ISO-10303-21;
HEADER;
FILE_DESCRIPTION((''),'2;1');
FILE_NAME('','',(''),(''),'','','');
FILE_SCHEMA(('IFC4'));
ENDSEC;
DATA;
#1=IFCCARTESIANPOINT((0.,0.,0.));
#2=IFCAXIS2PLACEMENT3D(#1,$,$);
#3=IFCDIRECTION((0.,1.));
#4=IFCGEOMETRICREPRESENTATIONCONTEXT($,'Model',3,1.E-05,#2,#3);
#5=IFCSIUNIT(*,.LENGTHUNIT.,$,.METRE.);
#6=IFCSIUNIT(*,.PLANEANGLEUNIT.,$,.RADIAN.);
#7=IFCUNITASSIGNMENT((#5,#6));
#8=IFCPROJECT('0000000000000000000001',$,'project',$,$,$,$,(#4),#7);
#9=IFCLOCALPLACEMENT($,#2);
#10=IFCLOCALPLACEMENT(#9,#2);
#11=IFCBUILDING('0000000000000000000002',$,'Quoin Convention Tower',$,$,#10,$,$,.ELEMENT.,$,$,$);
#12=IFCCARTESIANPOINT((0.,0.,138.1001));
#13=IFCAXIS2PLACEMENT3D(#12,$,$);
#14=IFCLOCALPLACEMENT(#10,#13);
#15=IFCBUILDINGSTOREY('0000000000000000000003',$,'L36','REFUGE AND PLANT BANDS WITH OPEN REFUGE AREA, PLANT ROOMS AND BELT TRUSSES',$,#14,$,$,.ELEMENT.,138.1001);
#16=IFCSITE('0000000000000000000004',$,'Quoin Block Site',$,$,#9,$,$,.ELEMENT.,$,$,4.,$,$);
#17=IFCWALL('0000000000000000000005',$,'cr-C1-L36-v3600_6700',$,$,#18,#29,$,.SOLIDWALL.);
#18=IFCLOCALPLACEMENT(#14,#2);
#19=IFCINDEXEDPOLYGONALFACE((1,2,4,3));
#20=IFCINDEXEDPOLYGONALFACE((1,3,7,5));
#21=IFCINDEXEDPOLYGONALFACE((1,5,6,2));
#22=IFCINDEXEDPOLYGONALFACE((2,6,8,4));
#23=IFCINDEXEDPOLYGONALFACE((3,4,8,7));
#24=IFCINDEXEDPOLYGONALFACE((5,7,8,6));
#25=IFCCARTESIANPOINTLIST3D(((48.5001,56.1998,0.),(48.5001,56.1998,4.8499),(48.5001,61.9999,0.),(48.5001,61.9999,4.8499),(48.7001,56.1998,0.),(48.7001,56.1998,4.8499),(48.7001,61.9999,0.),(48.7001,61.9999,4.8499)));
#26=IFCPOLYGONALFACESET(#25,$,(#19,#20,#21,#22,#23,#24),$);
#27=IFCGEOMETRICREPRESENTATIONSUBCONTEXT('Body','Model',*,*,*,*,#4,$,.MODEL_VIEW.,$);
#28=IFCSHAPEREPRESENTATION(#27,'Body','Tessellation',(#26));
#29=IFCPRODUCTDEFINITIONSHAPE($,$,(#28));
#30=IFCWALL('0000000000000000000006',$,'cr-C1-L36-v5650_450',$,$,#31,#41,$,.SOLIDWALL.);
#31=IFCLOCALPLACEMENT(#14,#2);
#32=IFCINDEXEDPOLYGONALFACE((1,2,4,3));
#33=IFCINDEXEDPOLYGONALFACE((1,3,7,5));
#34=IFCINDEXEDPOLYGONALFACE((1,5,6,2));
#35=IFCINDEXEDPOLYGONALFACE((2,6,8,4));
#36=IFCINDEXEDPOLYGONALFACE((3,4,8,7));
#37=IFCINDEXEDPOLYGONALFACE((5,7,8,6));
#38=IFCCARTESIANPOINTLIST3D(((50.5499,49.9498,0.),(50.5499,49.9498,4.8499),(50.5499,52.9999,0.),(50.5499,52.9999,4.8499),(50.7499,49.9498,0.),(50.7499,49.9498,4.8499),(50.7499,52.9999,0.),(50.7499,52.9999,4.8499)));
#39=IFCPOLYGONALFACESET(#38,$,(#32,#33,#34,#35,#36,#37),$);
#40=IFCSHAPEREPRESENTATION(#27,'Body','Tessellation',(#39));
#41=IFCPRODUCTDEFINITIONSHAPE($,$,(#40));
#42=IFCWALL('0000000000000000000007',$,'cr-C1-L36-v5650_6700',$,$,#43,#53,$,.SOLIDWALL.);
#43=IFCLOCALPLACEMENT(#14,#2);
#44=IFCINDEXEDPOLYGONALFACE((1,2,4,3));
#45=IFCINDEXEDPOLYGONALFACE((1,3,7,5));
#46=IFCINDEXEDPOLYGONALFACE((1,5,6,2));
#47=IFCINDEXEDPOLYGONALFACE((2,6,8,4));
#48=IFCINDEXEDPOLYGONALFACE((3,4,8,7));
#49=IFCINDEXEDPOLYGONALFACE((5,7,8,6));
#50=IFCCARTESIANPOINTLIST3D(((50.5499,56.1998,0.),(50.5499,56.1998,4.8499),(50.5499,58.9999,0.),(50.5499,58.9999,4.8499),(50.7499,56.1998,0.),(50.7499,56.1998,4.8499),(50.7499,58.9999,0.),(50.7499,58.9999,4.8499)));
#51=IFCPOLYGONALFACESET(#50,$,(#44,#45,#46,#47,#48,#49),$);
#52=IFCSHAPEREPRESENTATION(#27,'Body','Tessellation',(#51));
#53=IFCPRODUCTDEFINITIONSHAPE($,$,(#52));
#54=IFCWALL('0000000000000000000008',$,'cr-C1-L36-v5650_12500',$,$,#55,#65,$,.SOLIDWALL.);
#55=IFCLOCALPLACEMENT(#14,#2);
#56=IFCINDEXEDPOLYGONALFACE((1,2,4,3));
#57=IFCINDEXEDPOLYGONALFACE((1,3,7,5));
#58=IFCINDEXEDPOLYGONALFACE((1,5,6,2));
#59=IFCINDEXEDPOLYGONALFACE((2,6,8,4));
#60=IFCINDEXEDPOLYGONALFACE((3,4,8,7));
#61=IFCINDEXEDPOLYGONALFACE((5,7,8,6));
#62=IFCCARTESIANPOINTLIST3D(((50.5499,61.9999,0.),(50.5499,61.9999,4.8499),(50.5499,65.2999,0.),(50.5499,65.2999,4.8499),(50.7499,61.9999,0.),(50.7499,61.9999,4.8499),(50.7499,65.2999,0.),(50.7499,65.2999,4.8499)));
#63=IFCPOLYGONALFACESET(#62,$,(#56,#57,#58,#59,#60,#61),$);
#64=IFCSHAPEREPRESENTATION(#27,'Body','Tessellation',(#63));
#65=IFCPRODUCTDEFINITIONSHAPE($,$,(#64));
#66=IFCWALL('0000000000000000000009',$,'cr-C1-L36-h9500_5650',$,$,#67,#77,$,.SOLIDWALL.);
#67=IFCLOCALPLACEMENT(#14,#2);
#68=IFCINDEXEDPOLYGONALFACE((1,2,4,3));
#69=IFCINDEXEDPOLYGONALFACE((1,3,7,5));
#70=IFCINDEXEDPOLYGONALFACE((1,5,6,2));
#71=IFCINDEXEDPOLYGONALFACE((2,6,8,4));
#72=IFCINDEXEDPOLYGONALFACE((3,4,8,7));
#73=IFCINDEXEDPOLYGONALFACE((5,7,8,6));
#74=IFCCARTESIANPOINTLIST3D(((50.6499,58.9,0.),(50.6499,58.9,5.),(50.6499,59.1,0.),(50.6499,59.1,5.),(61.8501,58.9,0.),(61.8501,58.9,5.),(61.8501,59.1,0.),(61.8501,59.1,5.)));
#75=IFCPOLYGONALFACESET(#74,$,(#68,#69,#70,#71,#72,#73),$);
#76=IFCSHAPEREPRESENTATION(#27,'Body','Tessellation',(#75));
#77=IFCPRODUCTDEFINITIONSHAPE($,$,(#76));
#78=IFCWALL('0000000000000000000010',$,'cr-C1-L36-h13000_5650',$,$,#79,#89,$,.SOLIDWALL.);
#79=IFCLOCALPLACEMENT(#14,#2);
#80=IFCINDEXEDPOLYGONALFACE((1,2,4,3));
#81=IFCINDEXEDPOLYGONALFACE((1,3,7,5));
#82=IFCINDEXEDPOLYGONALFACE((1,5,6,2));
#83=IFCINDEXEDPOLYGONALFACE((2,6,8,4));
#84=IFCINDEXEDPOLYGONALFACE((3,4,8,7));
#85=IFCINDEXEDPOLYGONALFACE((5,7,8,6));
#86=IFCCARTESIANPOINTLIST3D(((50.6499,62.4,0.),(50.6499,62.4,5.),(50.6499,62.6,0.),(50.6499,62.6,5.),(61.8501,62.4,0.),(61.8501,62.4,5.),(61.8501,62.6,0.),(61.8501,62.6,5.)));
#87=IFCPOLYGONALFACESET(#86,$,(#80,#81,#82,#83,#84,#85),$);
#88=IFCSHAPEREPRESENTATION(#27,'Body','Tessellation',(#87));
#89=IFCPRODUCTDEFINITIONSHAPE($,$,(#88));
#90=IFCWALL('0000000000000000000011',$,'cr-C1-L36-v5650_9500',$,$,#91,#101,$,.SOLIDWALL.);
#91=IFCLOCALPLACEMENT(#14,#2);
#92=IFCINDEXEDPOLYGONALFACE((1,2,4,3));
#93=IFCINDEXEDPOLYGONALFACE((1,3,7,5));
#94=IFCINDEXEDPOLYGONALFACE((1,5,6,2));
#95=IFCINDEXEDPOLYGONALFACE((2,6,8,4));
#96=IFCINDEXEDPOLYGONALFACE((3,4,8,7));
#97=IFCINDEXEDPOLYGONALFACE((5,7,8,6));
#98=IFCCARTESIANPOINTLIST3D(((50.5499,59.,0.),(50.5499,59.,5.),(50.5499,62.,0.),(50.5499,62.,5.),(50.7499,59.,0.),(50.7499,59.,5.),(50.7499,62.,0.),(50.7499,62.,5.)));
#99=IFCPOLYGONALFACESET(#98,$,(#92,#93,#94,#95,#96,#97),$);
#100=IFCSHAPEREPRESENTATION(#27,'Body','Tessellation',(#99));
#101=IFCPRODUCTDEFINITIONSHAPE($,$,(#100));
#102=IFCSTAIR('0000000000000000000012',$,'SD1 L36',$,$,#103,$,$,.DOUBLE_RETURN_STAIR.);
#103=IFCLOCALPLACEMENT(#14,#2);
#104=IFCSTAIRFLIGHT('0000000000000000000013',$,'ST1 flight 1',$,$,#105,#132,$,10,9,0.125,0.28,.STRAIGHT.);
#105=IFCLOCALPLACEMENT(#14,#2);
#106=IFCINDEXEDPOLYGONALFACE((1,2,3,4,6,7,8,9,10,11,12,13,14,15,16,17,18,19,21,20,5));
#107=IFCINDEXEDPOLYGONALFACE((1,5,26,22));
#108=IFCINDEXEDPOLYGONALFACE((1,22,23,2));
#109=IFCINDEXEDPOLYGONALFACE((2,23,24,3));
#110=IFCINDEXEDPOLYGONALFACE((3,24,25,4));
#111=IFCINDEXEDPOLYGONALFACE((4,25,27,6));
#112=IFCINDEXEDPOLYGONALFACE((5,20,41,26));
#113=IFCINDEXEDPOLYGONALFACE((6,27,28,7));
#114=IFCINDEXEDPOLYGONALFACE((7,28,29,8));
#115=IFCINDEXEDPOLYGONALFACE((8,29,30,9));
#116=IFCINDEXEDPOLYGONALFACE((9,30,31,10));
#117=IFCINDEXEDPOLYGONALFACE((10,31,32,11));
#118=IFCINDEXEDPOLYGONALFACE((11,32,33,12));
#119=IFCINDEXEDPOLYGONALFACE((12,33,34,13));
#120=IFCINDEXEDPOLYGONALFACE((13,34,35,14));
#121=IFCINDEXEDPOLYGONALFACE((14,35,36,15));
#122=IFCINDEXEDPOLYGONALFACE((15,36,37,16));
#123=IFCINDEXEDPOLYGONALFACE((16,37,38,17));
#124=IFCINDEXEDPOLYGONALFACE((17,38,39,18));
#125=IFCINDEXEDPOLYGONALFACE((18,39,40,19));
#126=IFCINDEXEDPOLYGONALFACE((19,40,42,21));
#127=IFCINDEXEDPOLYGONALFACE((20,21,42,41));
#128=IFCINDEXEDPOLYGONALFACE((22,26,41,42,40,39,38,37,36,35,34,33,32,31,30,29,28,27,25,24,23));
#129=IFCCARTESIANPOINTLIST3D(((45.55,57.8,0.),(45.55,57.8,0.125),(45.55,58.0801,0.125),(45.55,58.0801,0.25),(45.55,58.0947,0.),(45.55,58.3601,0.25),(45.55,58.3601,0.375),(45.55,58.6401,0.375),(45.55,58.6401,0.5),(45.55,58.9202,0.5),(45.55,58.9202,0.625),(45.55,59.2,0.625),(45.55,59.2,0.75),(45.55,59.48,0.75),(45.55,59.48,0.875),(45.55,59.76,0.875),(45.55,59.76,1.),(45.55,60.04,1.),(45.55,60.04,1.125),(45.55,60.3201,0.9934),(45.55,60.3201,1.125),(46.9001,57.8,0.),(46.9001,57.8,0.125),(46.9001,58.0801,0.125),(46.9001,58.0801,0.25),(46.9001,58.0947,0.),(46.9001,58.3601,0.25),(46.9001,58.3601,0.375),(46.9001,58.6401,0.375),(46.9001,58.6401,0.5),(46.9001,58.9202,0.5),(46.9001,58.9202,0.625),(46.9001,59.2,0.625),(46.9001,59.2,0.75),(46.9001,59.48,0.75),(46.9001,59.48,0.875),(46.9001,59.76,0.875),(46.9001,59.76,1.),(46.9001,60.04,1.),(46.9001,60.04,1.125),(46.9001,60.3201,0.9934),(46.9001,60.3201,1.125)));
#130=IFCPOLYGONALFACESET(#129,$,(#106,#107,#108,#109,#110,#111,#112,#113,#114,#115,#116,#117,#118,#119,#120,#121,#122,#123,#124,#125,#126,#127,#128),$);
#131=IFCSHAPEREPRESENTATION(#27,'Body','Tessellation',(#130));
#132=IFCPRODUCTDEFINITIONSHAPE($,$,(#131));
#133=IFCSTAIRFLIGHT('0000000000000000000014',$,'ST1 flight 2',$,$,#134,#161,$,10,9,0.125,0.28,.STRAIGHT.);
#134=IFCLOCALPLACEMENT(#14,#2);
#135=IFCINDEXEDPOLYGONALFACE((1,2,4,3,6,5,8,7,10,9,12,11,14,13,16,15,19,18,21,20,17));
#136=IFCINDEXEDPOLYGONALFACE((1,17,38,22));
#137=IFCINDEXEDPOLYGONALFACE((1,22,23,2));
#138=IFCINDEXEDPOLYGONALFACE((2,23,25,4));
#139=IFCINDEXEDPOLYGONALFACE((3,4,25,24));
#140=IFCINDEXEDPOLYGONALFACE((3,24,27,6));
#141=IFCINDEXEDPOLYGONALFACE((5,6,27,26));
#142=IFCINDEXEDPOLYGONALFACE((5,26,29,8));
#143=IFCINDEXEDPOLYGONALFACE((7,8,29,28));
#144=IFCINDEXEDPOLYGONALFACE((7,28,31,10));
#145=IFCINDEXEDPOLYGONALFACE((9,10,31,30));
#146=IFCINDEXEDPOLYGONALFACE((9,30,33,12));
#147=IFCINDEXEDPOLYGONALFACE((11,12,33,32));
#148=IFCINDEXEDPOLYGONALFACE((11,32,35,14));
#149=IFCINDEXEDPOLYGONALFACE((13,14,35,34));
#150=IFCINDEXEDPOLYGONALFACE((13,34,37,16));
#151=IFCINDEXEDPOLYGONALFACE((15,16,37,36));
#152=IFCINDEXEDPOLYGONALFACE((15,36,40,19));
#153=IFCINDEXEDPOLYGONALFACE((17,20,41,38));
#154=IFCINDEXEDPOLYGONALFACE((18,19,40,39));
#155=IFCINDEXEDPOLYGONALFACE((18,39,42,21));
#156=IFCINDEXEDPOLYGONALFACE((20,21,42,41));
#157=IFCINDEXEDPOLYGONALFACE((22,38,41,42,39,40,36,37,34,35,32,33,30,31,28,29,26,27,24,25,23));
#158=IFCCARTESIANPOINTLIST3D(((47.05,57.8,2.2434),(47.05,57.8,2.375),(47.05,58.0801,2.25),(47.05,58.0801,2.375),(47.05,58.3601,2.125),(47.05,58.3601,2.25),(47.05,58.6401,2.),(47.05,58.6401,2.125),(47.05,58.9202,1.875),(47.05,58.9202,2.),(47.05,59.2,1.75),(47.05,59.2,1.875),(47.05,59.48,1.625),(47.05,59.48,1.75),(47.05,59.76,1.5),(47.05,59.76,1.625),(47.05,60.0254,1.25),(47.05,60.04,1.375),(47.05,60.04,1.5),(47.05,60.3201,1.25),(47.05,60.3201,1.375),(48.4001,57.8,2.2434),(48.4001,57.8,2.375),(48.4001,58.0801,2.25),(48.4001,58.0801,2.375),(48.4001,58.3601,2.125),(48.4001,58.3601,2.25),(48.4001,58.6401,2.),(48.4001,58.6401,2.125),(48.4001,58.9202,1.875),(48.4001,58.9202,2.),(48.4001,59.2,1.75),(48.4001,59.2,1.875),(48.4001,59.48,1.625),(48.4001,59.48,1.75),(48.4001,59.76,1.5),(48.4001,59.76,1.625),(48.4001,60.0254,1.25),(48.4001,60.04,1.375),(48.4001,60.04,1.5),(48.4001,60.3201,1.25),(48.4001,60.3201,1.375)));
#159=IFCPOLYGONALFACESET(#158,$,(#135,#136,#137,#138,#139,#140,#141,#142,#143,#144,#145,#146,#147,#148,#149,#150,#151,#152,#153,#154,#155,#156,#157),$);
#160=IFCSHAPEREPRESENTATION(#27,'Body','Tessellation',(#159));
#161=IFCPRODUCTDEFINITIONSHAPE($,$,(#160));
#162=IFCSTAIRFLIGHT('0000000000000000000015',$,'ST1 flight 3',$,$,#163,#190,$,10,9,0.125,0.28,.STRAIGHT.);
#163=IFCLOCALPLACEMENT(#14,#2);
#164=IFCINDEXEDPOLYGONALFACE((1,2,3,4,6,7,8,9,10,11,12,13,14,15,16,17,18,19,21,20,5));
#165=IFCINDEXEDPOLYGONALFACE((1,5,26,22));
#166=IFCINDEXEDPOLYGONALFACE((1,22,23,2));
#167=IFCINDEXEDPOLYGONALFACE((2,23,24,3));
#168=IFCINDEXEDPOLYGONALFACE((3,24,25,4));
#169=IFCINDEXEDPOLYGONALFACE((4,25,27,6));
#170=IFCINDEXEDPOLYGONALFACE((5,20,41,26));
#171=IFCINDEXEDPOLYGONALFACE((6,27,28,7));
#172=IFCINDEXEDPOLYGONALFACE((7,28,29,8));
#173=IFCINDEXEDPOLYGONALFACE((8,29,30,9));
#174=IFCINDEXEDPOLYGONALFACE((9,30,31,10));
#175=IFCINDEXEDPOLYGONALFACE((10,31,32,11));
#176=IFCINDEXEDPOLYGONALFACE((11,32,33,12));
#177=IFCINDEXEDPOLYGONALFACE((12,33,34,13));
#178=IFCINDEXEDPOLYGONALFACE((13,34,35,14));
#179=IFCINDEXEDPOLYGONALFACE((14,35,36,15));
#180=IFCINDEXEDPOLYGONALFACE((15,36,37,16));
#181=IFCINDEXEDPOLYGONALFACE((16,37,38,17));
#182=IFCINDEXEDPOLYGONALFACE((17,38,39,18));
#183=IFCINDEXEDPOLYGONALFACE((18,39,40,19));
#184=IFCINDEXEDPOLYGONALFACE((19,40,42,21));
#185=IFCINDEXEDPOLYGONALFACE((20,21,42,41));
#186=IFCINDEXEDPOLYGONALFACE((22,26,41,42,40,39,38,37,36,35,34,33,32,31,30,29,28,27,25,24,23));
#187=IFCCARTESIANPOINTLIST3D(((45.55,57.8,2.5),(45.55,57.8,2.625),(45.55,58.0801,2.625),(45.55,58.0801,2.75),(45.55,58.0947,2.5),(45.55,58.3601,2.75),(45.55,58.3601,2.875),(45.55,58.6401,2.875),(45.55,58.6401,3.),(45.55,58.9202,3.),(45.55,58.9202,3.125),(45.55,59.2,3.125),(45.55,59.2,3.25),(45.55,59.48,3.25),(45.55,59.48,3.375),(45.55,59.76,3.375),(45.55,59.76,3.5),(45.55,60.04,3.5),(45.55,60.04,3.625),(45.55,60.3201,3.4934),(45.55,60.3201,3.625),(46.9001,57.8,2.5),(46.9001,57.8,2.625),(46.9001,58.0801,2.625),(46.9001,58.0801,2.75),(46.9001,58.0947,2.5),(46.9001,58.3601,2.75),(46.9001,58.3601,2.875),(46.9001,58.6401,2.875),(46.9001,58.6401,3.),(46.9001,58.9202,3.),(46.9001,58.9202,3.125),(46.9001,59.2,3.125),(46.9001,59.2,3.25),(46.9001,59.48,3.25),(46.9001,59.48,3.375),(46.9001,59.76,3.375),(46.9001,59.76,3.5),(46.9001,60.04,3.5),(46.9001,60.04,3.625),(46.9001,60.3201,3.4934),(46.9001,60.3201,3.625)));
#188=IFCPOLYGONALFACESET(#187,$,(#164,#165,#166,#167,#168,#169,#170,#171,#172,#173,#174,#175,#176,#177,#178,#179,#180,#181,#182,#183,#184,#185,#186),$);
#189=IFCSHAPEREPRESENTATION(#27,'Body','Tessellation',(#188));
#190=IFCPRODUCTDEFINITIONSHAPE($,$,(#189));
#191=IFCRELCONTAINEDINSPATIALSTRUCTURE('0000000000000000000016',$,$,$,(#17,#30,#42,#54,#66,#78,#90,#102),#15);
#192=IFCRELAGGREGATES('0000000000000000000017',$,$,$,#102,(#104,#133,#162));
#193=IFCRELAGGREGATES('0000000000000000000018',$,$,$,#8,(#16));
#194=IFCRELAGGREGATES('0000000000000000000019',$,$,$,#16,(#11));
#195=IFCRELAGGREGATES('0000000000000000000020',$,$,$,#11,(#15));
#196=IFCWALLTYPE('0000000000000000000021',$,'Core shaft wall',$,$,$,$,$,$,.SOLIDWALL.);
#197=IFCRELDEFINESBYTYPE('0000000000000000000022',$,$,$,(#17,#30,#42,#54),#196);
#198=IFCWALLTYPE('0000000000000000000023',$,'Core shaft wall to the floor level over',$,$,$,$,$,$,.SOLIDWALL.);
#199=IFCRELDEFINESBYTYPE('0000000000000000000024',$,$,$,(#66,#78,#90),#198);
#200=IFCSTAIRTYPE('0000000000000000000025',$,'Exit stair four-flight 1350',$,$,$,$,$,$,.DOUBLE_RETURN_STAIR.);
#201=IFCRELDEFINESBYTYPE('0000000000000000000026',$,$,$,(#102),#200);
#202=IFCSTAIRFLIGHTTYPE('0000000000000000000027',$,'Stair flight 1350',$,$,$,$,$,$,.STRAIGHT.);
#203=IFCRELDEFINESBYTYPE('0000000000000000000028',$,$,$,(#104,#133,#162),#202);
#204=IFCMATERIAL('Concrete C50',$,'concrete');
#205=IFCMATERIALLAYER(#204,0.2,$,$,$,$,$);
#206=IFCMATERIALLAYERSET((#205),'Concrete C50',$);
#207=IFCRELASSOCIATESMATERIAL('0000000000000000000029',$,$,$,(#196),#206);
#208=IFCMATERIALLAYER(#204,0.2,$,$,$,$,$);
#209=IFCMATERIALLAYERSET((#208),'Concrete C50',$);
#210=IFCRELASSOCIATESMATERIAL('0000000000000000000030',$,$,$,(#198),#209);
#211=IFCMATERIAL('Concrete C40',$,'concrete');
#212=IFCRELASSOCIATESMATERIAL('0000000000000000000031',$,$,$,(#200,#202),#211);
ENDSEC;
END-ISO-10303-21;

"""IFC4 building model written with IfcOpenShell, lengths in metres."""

from ifc_helpers import new_model, si_unit, direction, frame, frame_2d, origin, place, context, subcontext, project, spatial, polyline, rectangle, outline, extrude, material, layer, layer_set, type_object, element, aggregate, save


model = new_model("IFC4")

# Units and contexts
model_context = context("Model", 3, precision=1e-05, world=origin(), true_north=direction((0.0, 1.0)))
body_context = subcontext(model_context, "Body", "Model", "MODEL_VIEW")
ifc_project = project(units=[si_unit("LENGTHUNIT", "METRE"), si_unit("PLANEANGLEUNIT", "RADIAN")], contexts=[model_context])

# Site, building, storey
site_placement = place(None, origin())
site = spatial("IfcSite", under=ifc_project, at=site_placement, Name="Quoin Block Site", CompositionType="ELEMENT", RefElevation=4.0)
building_placement = place(site_placement, origin())
building = spatial("IfcBuilding", under=site, at=building_placement, Name="Quoin Convention Tower", CompositionType="ELEMENT")
storey_placement = place(building_placement, frame((0.0, 0.0, 138.1001)))
storey = spatial("IfcBuildingStorey", under=building, at=storey_placement, Name="L36", Description="REFUGE AND PLANT BANDS WITH OPEN REFUGE AREA, PLANT ROOMS AND BELT TRUSSES", CompositionType="ELEMENT", Elevation=138.1001)

# Shared definitions
ifc_material_1 = material(Name="Concrete C50", Category="concrete")
ifc_layer_1 = layer(ifc_material_1, 0.2)
ifc_layer_set_1 = layer_set([ifc_layer_1], Name="Concrete C50")
wall_type_1 = type_object("IfcWallType", Name="Core shaft wall", PredefinedType="SOLIDWALL", material=ifc_layer_set_1)

# Walls
wall_1_placement = place(storey_placement, frame((48.6001, 56.2, 0.0), z_axis=(0.0, 0.0, 1.0), x_axis=(0.0, 1.0, 0.0)))
element("IfcWall", 1, at=wall_1_placement, inside=storey, type_object=wall_type_1, Name="cr-C1-L36-v3600_6700", PredefinedType="SOLIDWALL", context=body_context, shape_type="SweptSolid", body=[
    extrude(rectangle(XDim=5.8, YDim=0.2, at=frame_2d((2.8999, 0.0))), origin(), (0.0, 0.0, 1.0), 4.8499),
])
wall_2_placement = place(storey_placement, frame((50.6499, 49.95, 0.0), z_axis=(0.0, 0.0, 1.0), x_axis=(0.0, 1.0, 0.0)))
element("IfcWall", 2, at=wall_2_placement, inside=storey, type_object=wall_type_1, Name="cr-C1-L36-v5650_450", PredefinedType="SOLIDWALL", context=body_context, shape_type="SweptSolid", body=[
    extrude(rectangle(XDim=3.05, YDim=0.2, at=frame_2d((1.5249, 0.0))), origin(), (0.0, 0.0, 1.0), 4.8499),
])
wall_3_placement = place(storey_placement, frame((50.6499, 56.2, 0.0), z_axis=(0.0, 0.0, 1.0), x_axis=(0.0, 1.0, 0.0)))
element("IfcWall", 3, at=wall_3_placement, inside=storey, type_object=wall_type_1, Name="cr-C1-L36-v5650_6700", PredefinedType="SOLIDWALL", context=body_context, shape_type="SweptSolid", body=[
    extrude(rectangle(XDim=2.8, YDim=0.2, at=frame_2d((1.3999, 0.0))), origin(), (0.0, 0.0, 1.0), 4.8499),
])
wall_4_placement = place(storey_placement, frame((50.6499, 62.0, 0.0), z_axis=(0.0, 0.0, 1.0), x_axis=(0.0, 1.0, 0.0)))
element("IfcWall", 4, at=wall_4_placement, inside=storey, type_object=wall_type_1, Name="cr-C1-L36-v5650_12500", PredefinedType="SOLIDWALL", context=body_context, shape_type="SweptSolid", body=[
    extrude(rectangle(XDim=3.3, YDim=0.2, at=frame_2d((1.6499, 0.0))), origin(), (0.0, 0.0, 1.0), 4.8499),
])
ifc_layer_2 = layer(ifc_material_1, 0.2)
ifc_layer_set_2 = layer_set([ifc_layer_2], Name="Concrete C50")
wall_type_2 = type_object("IfcWallType", Name="Core shaft wall to the floor level over", PredefinedType="SOLIDWALL", material=ifc_layer_set_2)
for number, where, z_axis, x_axis, name in (
    (5, (50.6499, 59.0, 0.0), (0.0, 0.0, 1.0), (1.0, 0.0, 0.0), "cr-C1-L36-h9500_5650"),
    (6, (50.6499, 62.5, 0.0), (0.0, 0.0, 1.0), (1.0, 0.0, 0.0), "cr-C1-L36-h13000_5650"),
):
    element("IfcWall", number, at=place(storey_placement, frame(where, z_axis=z_axis, x_axis=x_axis)), inside=storey, type_object=wall_type_2, Name=name, PredefinedType="SOLIDWALL", context=body_context, shape_type="SweptSolid", body=[
        extrude(rectangle(XDim=11.2002, YDim=0.2, at=frame_2d((5.6001, 0.0))), origin(), (0.0, 0.0, 1.0), 5.0),
    ])
wall_5_placement = place(storey_placement, frame((50.6499, 59.0, 0.0), z_axis=(0.0, 0.0, 1.0), x_axis=(0.0, 1.0, 0.0)))
element("IfcWall", 7, at=wall_5_placement, inside=storey, type_object=wall_type_2, Name="cr-C1-L36-v5650_9500", PredefinedType="SOLIDWALL", context=body_context, shape_type="SweptSolid", body=[
    extrude(rectangle(XDim=3.0, YDim=0.2, at=frame_2d((1.5, 0.0))), origin(), (0.0, 0.0, 1.0), 5.0),
])

# Stair, stair flights
ifc_material_2 = material(Name="Concrete C40", Category="concrete")
stair_type = type_object("IfcStairType", Name="Exit stair four-flight 1350", PredefinedType="DOUBLE_RETURN_STAIR", material=ifc_material_2)
stair_placement = place(storey_placement, origin())
stair = element("IfcStair", 8, at=stair_placement, inside=storey, type_object=stair_type, Name="SD1 L36", PredefinedType="DOUBLE_RETURN_STAIR")
stair_flight_type = type_object("IfcStairFlightType", Name="Stair flight 1350", PredefinedType="STRAIGHT", material=ifc_material_2)
stair_flight_1_placement = place(storey_placement, frame((46.2251, 57.8, 0.0), z_axis=(0.0, 0.0, 1.0), x_axis=(0.0, 1.0, 0.0)))
stair_flight_1 = element("IfcStairFlight", 9, at=stair_flight_1_placement, type_object=stair_flight_type, Name="ST1 flight 1", NumberOfRisers=10, NumberOfTreads=9, PredefinedType="STRAIGHT", RiserHeight=0.125, TreadLength=0.28, context=body_context, shape_type="SweptSolid", body=[
    extrude(outline(polyline([(0.0, 0.0), (0.0, 0.125), (0.28, 0.125), (0.28, 0.25), (0.5601, 0.25), (0.5601, 0.375), (0.8401, 0.375), (0.8401, 0.5), (1.1201, 0.5), (1.1201, 0.625), (1.3999, 0.625), (1.3999, 0.75), (1.6799, 0.75), (1.6799, 0.875), (1.96, 0.875), (1.96, 1.0), (2.24, 1.0), (2.24, 1.125), (2.52, 1.125), (2.52, 1.25), (2.52, 0.9934), (0.2947, 0.0), (0.0, 0.0)])), frame((0.0, 0.675, 0.0), z_axis=(0.0, -1.0, 0.0), x_axis=(1.0, 0.0, 0.0)), (0.0, 0.0, 1.0), 1.3501),
])
stair_flight_2_placement = place(storey_placement, frame((47.7251, 60.3201, 1.25), z_axis=(0.0, 0.0, 1.0), x_axis=(0.0, -1.0, 0.0)))
stair_flight_2 = element("IfcStairFlight", 10, at=stair_flight_2_placement, type_object=stair_flight_type, Name="ST1 flight 2", NumberOfRisers=10, NumberOfTreads=9, PredefinedType="STRAIGHT", RiserHeight=0.125, TreadLength=0.28, context=body_context, shape_type="SweptSolid", body=[
    extrude(outline(polyline([(0.0, 0.0), (0.0, 0.125), (0.28, 0.125), (0.28, 0.25), (0.5601, 0.25), (0.5601, 0.375), (0.8401, 0.375), (0.8401, 0.5), (1.1201, 0.5), (1.1201, 0.625), (1.3999, 0.625), (1.3999, 0.75), (1.6799, 0.75), (1.6799, 0.875), (1.96, 0.875), (1.96, 1.0), (2.24, 1.0), (2.24, 1.125), (2.52, 1.125), (2.52, 1.25), (2.52, 0.9934), (0.2947, 0.0), (0.0, 0.0)])), frame((0.0, 0.675, 0.0), z_axis=(0.0, -1.0, 0.0), x_axis=(1.0, 0.0, 0.0)), (0.0, 0.0, 1.0), 1.3501),
])
stair_flight_3_placement = place(storey_placement, frame((46.2251, 57.8, 2.5), z_axis=(0.0, 0.0, 1.0), x_axis=(0.0, 1.0, 0.0)))
stair_flight_3 = element("IfcStairFlight", 11, at=stair_flight_3_placement, type_object=stair_flight_type, Name="ST1 flight 3", NumberOfRisers=10, NumberOfTreads=9, PredefinedType="STRAIGHT", RiserHeight=0.125, TreadLength=0.28, context=body_context, shape_type="SweptSolid", body=[
    extrude(outline(polyline([(0.0, 0.0), (0.0, 0.125), (0.28, 0.125), (0.28, 0.25), (0.5601, 0.25), (0.5601, 0.375), (0.8401, 0.375), (0.8401, 0.5), (1.1201, 0.5), (1.1201, 0.625), (1.3999, 0.625), (1.3999, 0.75), (1.6799, 0.75), (1.6799, 0.875), (1.96, 0.875), (1.96, 1.0), (2.24, 1.0), (2.24, 1.125), (2.52, 1.125), (2.52, 1.25), (2.52, 0.9934), (0.2947, 0.0), (0.0, 0.0)])), frame((0.0, 0.675, 0.0), z_axis=(0.0, -1.0, 0.0), x_axis=(1.0, 0.0, 0.0)), (0.0, 0.0, 1.0), 1.3501),
])
aggregate(stair, [stair_flight_1, stair_flight_2, stair_flight_3])

save(model, "model.ifc")
